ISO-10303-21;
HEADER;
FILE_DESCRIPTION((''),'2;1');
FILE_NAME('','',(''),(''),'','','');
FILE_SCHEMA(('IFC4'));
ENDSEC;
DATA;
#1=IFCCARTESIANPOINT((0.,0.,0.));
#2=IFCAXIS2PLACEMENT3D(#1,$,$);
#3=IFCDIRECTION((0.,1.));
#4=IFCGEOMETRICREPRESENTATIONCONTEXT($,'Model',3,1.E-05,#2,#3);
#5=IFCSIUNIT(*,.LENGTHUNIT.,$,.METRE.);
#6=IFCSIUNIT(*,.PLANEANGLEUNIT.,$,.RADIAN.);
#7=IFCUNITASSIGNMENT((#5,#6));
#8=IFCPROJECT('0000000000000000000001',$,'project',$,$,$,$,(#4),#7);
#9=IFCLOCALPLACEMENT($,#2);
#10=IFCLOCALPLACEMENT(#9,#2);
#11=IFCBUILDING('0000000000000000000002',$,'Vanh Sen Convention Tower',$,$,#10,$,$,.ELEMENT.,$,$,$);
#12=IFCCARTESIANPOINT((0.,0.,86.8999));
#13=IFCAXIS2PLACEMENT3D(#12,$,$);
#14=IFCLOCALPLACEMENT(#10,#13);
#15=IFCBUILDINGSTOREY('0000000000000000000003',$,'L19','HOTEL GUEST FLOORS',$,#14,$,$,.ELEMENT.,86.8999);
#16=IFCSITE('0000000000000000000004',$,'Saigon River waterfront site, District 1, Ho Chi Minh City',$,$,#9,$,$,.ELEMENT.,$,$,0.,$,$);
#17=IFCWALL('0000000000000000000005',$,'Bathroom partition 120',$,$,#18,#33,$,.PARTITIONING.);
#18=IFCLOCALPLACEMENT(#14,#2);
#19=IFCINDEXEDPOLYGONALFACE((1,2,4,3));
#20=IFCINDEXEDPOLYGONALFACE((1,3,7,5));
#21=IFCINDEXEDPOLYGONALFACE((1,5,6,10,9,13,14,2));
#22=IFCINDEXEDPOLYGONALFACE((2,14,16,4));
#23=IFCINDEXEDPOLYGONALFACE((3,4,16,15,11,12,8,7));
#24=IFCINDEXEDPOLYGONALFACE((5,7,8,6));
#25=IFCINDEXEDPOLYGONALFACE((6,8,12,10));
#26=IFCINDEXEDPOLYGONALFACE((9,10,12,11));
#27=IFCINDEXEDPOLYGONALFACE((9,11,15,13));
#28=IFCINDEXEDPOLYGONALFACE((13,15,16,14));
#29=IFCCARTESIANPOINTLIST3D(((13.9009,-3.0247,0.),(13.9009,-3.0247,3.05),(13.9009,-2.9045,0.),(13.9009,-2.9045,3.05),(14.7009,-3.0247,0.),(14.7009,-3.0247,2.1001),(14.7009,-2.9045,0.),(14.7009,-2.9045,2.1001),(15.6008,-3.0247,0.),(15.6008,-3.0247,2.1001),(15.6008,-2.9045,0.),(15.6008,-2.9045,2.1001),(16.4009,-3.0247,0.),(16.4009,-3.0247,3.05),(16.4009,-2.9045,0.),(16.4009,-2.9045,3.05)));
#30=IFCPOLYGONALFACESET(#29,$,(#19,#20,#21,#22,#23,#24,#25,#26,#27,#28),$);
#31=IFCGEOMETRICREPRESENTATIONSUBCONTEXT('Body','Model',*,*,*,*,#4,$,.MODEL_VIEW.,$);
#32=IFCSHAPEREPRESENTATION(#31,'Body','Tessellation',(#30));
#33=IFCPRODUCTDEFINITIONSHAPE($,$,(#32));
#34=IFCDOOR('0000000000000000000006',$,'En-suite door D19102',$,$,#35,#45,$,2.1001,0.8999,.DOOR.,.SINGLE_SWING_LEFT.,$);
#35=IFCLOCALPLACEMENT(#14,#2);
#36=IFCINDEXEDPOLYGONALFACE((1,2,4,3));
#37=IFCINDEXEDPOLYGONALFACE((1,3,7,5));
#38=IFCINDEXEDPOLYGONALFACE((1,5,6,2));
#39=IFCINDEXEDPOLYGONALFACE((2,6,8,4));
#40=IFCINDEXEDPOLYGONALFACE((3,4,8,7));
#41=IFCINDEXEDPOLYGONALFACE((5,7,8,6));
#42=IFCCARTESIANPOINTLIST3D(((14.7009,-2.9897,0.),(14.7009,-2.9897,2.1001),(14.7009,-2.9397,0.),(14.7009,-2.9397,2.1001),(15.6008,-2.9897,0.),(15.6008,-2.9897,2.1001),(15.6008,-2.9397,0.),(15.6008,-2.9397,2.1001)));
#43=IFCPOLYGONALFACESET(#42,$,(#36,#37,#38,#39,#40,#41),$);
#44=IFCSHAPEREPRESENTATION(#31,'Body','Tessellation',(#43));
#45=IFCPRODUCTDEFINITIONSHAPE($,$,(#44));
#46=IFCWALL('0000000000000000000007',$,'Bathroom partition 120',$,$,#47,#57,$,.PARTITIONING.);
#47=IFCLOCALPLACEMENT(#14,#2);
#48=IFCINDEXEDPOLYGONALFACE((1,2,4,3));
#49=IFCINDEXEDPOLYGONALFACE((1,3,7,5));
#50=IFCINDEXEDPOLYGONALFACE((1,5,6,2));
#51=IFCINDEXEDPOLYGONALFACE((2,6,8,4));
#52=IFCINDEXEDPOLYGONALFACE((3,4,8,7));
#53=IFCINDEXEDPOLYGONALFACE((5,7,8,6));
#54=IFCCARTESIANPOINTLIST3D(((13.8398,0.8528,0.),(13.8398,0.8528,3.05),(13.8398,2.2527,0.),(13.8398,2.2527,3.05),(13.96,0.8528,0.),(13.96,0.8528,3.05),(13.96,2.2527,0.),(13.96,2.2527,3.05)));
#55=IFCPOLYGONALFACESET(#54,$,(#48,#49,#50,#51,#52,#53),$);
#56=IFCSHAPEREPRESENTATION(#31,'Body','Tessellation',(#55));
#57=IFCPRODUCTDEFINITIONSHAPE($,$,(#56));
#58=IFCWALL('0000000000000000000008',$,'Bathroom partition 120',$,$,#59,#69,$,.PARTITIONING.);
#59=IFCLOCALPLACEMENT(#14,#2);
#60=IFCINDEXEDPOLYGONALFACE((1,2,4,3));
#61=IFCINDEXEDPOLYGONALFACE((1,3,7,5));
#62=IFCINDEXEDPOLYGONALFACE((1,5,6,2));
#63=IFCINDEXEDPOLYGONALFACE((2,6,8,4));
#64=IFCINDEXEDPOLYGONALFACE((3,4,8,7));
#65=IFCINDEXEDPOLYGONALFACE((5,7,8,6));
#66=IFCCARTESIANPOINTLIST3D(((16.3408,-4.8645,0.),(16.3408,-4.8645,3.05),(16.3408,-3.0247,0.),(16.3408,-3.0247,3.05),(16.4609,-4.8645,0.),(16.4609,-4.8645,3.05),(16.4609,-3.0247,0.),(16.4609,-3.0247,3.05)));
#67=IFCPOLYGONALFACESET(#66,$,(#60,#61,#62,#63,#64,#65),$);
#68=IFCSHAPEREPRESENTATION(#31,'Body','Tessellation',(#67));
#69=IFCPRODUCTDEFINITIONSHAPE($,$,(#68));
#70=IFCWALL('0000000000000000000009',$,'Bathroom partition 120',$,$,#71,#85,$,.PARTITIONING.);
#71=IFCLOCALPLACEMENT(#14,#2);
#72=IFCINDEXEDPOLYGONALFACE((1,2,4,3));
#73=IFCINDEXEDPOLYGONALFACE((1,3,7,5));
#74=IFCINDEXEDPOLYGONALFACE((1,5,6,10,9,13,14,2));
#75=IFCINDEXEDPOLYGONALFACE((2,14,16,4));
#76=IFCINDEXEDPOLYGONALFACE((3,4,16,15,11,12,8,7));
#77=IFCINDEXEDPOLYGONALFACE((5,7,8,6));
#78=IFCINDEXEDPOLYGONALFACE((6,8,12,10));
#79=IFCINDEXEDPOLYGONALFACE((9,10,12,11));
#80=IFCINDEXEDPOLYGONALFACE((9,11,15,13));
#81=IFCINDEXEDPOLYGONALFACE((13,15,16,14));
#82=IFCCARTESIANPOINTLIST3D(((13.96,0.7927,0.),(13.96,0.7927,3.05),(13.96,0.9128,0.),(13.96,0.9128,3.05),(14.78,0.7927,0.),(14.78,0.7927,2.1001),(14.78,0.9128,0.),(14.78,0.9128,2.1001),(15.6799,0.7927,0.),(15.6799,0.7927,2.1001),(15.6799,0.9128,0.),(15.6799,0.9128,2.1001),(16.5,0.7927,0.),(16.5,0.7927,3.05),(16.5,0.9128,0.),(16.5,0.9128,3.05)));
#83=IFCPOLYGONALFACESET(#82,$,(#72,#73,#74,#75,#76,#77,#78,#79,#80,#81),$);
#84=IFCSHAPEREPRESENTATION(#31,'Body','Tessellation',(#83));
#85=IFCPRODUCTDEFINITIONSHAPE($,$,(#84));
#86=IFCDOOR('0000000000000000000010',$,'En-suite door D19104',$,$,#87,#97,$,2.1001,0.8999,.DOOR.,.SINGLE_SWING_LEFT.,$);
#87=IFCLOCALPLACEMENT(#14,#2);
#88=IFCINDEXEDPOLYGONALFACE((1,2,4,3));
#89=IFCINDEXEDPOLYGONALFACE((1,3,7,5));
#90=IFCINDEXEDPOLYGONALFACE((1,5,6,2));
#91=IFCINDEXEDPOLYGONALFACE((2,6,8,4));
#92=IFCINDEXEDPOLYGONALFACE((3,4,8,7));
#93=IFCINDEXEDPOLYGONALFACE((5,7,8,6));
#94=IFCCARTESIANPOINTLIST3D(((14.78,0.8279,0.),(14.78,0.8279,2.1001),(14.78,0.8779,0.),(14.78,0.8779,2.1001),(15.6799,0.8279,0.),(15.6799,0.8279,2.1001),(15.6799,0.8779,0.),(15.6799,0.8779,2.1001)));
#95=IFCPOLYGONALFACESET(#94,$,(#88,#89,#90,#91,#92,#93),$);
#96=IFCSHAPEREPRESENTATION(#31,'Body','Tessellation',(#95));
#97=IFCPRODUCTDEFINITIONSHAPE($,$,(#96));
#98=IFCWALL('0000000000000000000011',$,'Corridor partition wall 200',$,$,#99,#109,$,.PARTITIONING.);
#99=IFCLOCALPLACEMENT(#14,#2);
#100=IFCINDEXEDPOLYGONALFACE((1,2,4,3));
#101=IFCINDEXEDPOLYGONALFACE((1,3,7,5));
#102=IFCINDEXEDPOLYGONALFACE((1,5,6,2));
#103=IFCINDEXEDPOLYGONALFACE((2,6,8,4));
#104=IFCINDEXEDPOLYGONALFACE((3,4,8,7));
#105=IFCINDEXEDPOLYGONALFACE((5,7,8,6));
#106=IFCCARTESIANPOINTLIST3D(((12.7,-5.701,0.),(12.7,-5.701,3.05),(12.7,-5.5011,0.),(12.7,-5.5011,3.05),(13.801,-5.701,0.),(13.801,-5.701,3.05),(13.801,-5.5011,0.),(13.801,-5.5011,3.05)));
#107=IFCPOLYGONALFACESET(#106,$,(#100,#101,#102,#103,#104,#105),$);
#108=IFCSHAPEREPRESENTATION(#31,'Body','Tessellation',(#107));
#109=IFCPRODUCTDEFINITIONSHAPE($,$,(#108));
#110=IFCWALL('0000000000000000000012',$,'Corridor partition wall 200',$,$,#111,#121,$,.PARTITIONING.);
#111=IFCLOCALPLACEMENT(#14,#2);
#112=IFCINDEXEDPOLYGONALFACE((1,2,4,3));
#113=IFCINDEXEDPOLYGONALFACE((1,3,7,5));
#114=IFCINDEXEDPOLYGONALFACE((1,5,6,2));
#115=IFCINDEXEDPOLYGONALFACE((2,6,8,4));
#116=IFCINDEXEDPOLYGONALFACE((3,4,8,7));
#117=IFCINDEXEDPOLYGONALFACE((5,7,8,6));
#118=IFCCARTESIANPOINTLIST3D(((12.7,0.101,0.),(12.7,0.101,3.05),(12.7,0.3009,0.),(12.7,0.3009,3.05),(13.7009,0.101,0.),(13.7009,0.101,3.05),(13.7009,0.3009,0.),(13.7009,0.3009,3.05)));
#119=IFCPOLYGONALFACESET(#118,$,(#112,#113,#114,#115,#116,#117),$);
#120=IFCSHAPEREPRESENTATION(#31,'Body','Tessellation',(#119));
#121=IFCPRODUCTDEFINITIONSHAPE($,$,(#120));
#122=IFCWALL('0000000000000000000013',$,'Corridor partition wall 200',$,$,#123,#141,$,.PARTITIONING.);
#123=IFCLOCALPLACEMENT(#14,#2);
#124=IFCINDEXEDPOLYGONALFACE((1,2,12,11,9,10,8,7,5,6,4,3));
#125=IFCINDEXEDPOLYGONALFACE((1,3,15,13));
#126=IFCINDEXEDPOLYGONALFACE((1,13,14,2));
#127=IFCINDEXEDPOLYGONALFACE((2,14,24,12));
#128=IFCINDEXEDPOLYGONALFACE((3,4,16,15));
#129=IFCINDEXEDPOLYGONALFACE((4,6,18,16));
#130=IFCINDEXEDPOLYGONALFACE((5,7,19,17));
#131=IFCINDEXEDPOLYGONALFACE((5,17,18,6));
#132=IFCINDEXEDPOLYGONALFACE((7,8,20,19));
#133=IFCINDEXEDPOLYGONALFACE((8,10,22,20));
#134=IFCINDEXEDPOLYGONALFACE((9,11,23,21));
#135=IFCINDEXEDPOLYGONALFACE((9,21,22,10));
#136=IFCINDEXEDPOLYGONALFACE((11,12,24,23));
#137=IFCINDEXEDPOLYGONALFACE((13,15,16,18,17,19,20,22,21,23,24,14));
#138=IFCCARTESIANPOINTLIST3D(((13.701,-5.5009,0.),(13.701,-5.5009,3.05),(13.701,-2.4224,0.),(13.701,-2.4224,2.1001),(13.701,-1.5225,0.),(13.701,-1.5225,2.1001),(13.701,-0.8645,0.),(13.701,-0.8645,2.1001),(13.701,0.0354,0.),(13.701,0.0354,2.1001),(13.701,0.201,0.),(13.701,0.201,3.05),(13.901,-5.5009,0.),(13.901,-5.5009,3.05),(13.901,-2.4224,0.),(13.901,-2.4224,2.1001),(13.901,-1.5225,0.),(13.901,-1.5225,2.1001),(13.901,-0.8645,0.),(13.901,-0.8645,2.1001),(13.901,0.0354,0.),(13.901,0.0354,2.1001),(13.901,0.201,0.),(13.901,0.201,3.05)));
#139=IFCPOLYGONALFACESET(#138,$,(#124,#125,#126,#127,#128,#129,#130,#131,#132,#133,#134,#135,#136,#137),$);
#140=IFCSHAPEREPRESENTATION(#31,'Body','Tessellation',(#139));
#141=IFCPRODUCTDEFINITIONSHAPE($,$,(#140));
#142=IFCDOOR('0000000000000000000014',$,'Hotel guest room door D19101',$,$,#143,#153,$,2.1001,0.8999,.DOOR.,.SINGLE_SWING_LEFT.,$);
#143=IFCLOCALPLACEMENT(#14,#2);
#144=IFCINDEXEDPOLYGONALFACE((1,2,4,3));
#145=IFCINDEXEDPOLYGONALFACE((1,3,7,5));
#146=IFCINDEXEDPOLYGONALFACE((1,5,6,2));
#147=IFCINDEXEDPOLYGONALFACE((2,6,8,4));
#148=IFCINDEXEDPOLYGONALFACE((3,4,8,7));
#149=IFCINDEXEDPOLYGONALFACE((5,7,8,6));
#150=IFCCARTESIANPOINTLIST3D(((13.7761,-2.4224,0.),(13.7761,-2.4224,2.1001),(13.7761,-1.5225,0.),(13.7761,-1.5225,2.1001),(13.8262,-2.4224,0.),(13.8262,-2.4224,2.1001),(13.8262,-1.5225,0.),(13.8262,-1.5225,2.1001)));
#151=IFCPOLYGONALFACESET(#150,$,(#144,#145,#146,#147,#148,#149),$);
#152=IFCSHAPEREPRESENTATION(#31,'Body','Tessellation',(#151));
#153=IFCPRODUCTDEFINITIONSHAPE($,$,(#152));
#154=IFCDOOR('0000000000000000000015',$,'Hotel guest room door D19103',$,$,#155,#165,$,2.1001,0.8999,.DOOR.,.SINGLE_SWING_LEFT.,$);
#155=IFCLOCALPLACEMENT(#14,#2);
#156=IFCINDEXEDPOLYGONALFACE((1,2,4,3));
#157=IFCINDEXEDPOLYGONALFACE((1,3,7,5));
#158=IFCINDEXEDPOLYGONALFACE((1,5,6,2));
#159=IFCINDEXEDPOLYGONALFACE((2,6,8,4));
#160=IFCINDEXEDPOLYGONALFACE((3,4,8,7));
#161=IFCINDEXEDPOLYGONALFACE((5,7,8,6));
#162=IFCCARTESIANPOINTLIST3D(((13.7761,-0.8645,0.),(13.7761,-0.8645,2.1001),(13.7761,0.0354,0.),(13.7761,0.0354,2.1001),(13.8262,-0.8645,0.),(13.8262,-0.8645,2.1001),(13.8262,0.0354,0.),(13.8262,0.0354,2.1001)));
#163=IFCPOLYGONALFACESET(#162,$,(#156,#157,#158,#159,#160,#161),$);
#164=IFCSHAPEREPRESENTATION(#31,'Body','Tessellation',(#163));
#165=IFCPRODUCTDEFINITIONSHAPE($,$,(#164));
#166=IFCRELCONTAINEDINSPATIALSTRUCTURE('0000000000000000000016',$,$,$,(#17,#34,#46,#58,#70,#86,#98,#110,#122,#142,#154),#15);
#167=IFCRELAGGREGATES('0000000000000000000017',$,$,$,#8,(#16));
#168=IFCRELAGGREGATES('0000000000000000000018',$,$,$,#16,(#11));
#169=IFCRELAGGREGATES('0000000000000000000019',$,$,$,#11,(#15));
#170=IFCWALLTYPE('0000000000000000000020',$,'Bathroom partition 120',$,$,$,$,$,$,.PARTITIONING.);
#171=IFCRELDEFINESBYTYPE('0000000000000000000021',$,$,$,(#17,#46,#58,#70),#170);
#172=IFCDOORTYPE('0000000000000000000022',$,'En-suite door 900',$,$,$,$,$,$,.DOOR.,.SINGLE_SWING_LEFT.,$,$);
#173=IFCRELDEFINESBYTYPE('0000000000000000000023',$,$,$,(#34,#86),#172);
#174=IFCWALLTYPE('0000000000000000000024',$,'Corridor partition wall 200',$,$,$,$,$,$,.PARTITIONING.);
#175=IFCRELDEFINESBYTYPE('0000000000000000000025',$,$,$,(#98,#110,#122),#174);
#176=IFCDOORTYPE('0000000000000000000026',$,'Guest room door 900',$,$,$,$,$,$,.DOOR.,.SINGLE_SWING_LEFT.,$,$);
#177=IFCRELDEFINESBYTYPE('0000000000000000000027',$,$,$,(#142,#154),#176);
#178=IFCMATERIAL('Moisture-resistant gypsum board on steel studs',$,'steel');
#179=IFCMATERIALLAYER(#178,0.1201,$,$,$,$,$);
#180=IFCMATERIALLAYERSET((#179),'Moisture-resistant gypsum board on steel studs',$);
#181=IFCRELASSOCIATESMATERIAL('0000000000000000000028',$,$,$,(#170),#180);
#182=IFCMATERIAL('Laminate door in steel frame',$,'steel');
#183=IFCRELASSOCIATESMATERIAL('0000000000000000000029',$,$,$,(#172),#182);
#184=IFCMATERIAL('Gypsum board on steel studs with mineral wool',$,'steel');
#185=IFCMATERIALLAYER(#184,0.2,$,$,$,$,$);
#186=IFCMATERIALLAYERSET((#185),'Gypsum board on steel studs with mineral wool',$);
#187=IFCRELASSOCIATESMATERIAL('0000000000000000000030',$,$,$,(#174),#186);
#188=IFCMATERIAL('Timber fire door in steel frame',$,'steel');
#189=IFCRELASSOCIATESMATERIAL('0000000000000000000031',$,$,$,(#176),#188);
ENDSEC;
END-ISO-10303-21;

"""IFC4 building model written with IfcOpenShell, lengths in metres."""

from ifc_helpers import new_model, si_unit, direction, frame, frame_2d, origin, place, context, subcontext, project, spatial, rectangle, extrude, material, layer, layer_set, type_object, element, fill, save


model = new_model("IFC4")

# Units and contexts
model_context = context("Model", 3, precision=1e-05, world=origin(), true_north=direction((0.0, 1.0)))
body_context = subcontext(model_context, "Body", "Model", "MODEL_VIEW")
ifc_project = project(units=[si_unit("LENGTHUNIT", "METRE"), si_unit("PLANEANGLEUNIT", "RADIAN")], contexts=[model_context])

# Site, building, storey
site_placement = place(None, origin())
site = spatial("IfcSite", under=ifc_project, at=site_placement, Name="Saigon River waterfront site, District 1, Ho Chi Minh City", CompositionType="ELEMENT", RefElevation=0.0)
building_placement = place(site_placement, origin())
building = spatial("IfcBuilding", under=site, at=building_placement, Name="Vanh Sen Convention Tower", CompositionType="ELEMENT")
storey_placement = place(building_placement, frame((0.0, 0.0, 86.8999)))
storey = spatial("IfcBuildingStorey", under=building, at=storey_placement, Name="L19", Description="HOTEL GUEST FLOORS", CompositionType="ELEMENT", Elevation=86.8999)

# Wall, opening, door
ifc_material_1 = material(Name="Moisture-resistant gypsum board on steel studs", Category="steel")
ifc_layer_1 = layer(ifc_material_1, 0.1201)
ifc_layer_set_1 = layer_set([ifc_layer_1], Name="Moisture-resistant gypsum board on steel studs")
wall_type_1 = type_object("IfcWallType", Name="Bathroom partition 120", PredefinedType="PARTITIONING", material=ifc_layer_set_1)
wall_1_placement = place(storey_placement, frame((13.9009, -2.9646, 0.0), z_axis=(0.0, 0.0, 1.0), x_axis=(1.0, 0.0, 0.0)))
wall_1 = element("IfcWall", 1, at=wall_1_placement, inside=storey, type_object=wall_type_1, Name="Bathroom partition 120", PredefinedType="PARTITIONING", context=body_context, shape_type="SweptSolid", body=[
    extrude(rectangle(XDim=2.5, YDim=0.1201, at=frame_2d((1.25, 0.0))), origin(), (0.0, 0.0, 1.0), 3.05),
])
opening_1_placement = place(wall_1_placement, frame((0.8, 0.0, 0.0)))
opening_1 = element("IfcOpeningElement", 2, at=opening_1_placement, cuts=wall_1, PredefinedType="OPENING", context=body_context, shape_type="SweptSolid", body=[
    extrude(rectangle(XDim=0.8999, YDim=2.1001, at=frame_2d((0.45, 1.05))), frame((0.0, 0.0701, 0.0), z_axis=(0.0, -1.0, 0.0), x_axis=(1.0, 0.0, 0.0)), (0.0, 0.0, 1.0), 0.1401),
])
ifc_material_2 = material(Name="Laminate door in steel frame", Category="steel")
door_type_1 = type_object("IfcDoorType", Name="En-suite door 900", OperationType="SINGLE_SWING_LEFT", PredefinedType="DOOR", material=ifc_material_2)
door_1_placement = place(opening_1_placement, origin())
door_1 = element("IfcDoor", 3, at=door_1_placement, inside=storey, type_object=door_type_1, Name="En-suite door D19102", OperationType="SINGLE_SWING_LEFT", OverallHeight=2.1001, OverallWidth=0.8999, PredefinedType="DOOR", context=body_context, shape_type="SweptSolid", body=[
    extrude(rectangle(XDim=0.8999, YDim=2.1001, at=frame_2d((0.45, 1.05))), frame((0.0, 0.0249, 0.0), z_axis=(0.0, -1.0, 0.0), x_axis=(1.0, 0.0, 0.0)), (0.0, 0.0, 1.0), 0.05),
])
fill(opening_1, door_1)

# Walls
wall_2_placement = place(storey_placement, frame((13.8999, 0.8528, 0.0), z_axis=(0.0, 0.0, 1.0), x_axis=(0.0, 1.0, 0.0)))
element("IfcWall", 4, at=wall_2_placement, inside=storey, type_object=wall_type_1, Name="Bathroom partition 120", PredefinedType="PARTITIONING", context=body_context, shape_type="SweptSolid", body=[
    extrude(rectangle(XDim=1.3999, YDim=0.1201, at=frame_2d((0.7, 0.0))), origin(), (0.0, 0.0, 1.0), 3.05),
])
wall_3_placement = place(storey_placement, frame((16.4009, -3.0247, 0.0), z_axis=(0.0, 0.0, 1.0), x_axis=(0.0, -1.0, 0.0)))
element("IfcWall", 5, at=wall_3_placement, inside=storey, type_object=wall_type_1, Name="Bathroom partition 120", PredefinedType="PARTITIONING", context=body_context, shape_type="SweptSolid", body=[
    extrude(rectangle(XDim=1.8398, YDim=0.1201, at=frame_2d((0.9199, 0.0))), origin(), (0.0, 0.0, 1.0), 3.05),
])

# Wall, opening, door
wall_4_placement = place(storey_placement, frame((16.5, 0.8528, 0.0), z_axis=(0.0, 0.0, 1.0), x_axis=(-1.0, 0.0, 0.0)))
wall_4 = element("IfcWall", 6, at=wall_4_placement, inside=storey, type_object=wall_type_1, Name="Bathroom partition 120", PredefinedType="PARTITIONING", context=body_context, shape_type="SweptSolid", body=[
    extrude(rectangle(XDim=2.54, YDim=0.1201, at=frame_2d((1.27, 0.0))), origin(), (0.0, 0.0, 1.0), 3.05),
])
opening_2_placement = place(wall_4_placement, frame((0.8201, 0.0, 0.0)))
opening_2 = element("IfcOpeningElement", 7, at=opening_2_placement, cuts=wall_4, PredefinedType="OPENING", context=body_context, shape_type="SweptSolid", body=[
    extrude(rectangle(XDim=0.8999, YDim=2.1001, at=frame_2d((0.45, 1.05))), frame((0.0, 0.0701, 0.0), z_axis=(0.0, -1.0, 0.0), x_axis=(1.0, 0.0, 0.0)), (0.0, 0.0, 1.0), 0.1401),
])
door_2_placement = place(opening_2_placement, origin())
door_2 = element("IfcDoor", 8, at=door_2_placement, inside=storey, type_object=door_type_1, Name="En-suite door D19104", OperationType="SINGLE_SWING_LEFT", OverallHeight=2.1001, OverallWidth=0.8999, PredefinedType="DOOR", context=body_context, shape_type="SweptSolid", body=[
    extrude(rectangle(XDim=0.8999, YDim=2.1001, at=frame_2d((0.45, 1.05))), frame((0.0, 0.0249, 0.0), z_axis=(0.0, -1.0, 0.0), x_axis=(1.0, 0.0, 0.0)), (0.0, 0.0, 1.0), 0.05),
])
fill(opening_2, door_2)

# Walls
ifc_material_3 = material(Name="Gypsum board on steel studs with mineral wool", Category="steel")
ifc_layer_2 = layer(ifc_material_3, 0.2)
ifc_layer_set_2 = layer_set([ifc_layer_2], Name="Gypsum board on steel studs with mineral wool")
wall_type_2 = type_object("IfcWallType", Name="Corridor partition wall 200", PredefinedType="PARTITIONING", material=ifc_layer_set_2)
wall_5_placement = place(storey_placement, frame((12.7, -5.6011, 0.0), z_axis=(0.0, 0.0, 1.0), x_axis=(1.0, 0.0, 0.0)))
element("IfcWall", 9, at=wall_5_placement, inside=storey, type_object=wall_type_2, Name="Corridor partition wall 200", PredefinedType="PARTITIONING", context=body_context, shape_type="SweptSolid", body=[
    extrude(rectangle(XDim=1.1011, YDim=0.2, at=frame_2d((0.5505, 0.0))), origin(), (0.0, 0.0, 1.0), 3.05),
])
wall_6_placement = place(storey_placement, frame((13.7009, 0.2009, 0.0), z_axis=(0.0, 0.0, 1.0), x_axis=(-1.0, 0.0, 0.0)))
element("IfcWall", 10, at=wall_6_placement, inside=storey, type_object=wall_type_2, Name="Corridor partition wall 200", PredefinedType="PARTITIONING", context=body_context, shape_type="SweptSolid", body=[
    extrude(rectangle(XDim=1.001, YDim=0.2, at=frame_2d((0.5005, 0.0))), origin(), (0.0, 0.0, 1.0), 3.05),
])

# Wall, openings, doors
wall_7_placement = place(storey_placement, frame((13.801, -5.501, 0.0), z_axis=(0.0, 0.0, 1.0), x_axis=(0.0, 1.0, 0.0)))
wall_7 = element("IfcWall", 11, at=wall_7_placement, inside=storey, type_object=wall_type_2, Name="Corridor partition wall 200", PredefinedType="PARTITIONING", context=body_context, shape_type="SweptSolid", body=[
    extrude(rectangle(XDim=5.7019, YDim=0.2, at=frame_2d((2.8511, 0.0))), origin(), (0.0, 0.0, 1.0), 3.05),
])
opening_3_placement = place(wall_7_placement, frame((3.0786, 0.0, 0.0)))
opening_3 = element("IfcOpeningElement", 12, at=opening_3_placement, cuts=wall_7, PredefinedType="OPENING", context=body_context, shape_type="SweptSolid", body=[
    extrude(rectangle(XDim=0.8999, YDim=2.1001, at=frame_2d((0.45, 1.05))), frame((0.0, 0.1099, 0.0), z_axis=(0.0, -1.0, 0.0), x_axis=(1.0, 0.0, 0.0)), (0.0, 0.0, 1.0), 0.22),
])
opening_4_placement = place(wall_7_placement, frame((4.6365, 0.0, 0.0)))
opening_4 = element("IfcOpeningElement", 13, at=opening_4_placement, cuts=wall_7, PredefinedType="OPENING", context=body_context, shape_type="SweptSolid", body=[
    extrude(rectangle(XDim=0.8999, YDim=2.1001, at=frame_2d((0.45, 1.05))), frame((0.0, 0.1099, 0.0), z_axis=(0.0, -1.0, 0.0), x_axis=(1.0, 0.0, 0.0)), (0.0, 0.0, 1.0), 0.22),
])
ifc_material_4 = material(Name="Timber fire door in steel frame", Category="steel")
door_type_2 = type_object("IfcDoorType", Name="Guest room door 900", OperationType="SINGLE_SWING_LEFT", PredefinedType="DOOR", material=ifc_material_4)
door_3_placement = place(opening_3_placement, origin())
door_3 = element("IfcDoor", 14, at=door_3_placement, inside=storey, type_object=door_type_2, Name="Hotel guest room door D19101", OperationType="SINGLE_SWING_LEFT", OverallHeight=2.1001, OverallWidth=0.8999, PredefinedType="DOOR", context=body_context, shape_type="SweptSolid", body=[
    extrude(rectangle(XDim=0.8999, YDim=2.1001, at=frame_2d((0.45, 1.05))), frame((0.0, 0.0249, 0.0), z_axis=(0.0, -1.0, 0.0), x_axis=(1.0, 0.0, 0.0)), (0.0, 0.0, 1.0), 0.05),
])
fill(opening_3, door_3)
door_4_placement = place(opening_4_placement, origin())
door_4 = element("IfcDoor", 15, at=door_4_placement, inside=storey, type_object=door_type_2, Name="Hotel guest room door D19103", OperationType="SINGLE_SWING_LEFT", OverallHeight=2.1001, OverallWidth=0.8999, PredefinedType="DOOR", context=body_context, shape_type="SweptSolid", body=[
    extrude(rectangle(XDim=0.8999, YDim=2.1001, at=frame_2d((0.45, 1.05))), frame((0.0, 0.0249, 0.0), z_axis=(0.0, -1.0, 0.0), x_axis=(1.0, 0.0, 0.0)), (0.0, 0.0, 1.0), 0.05),
])
fill(opening_4, door_4)

save(model, "model.ifc")
